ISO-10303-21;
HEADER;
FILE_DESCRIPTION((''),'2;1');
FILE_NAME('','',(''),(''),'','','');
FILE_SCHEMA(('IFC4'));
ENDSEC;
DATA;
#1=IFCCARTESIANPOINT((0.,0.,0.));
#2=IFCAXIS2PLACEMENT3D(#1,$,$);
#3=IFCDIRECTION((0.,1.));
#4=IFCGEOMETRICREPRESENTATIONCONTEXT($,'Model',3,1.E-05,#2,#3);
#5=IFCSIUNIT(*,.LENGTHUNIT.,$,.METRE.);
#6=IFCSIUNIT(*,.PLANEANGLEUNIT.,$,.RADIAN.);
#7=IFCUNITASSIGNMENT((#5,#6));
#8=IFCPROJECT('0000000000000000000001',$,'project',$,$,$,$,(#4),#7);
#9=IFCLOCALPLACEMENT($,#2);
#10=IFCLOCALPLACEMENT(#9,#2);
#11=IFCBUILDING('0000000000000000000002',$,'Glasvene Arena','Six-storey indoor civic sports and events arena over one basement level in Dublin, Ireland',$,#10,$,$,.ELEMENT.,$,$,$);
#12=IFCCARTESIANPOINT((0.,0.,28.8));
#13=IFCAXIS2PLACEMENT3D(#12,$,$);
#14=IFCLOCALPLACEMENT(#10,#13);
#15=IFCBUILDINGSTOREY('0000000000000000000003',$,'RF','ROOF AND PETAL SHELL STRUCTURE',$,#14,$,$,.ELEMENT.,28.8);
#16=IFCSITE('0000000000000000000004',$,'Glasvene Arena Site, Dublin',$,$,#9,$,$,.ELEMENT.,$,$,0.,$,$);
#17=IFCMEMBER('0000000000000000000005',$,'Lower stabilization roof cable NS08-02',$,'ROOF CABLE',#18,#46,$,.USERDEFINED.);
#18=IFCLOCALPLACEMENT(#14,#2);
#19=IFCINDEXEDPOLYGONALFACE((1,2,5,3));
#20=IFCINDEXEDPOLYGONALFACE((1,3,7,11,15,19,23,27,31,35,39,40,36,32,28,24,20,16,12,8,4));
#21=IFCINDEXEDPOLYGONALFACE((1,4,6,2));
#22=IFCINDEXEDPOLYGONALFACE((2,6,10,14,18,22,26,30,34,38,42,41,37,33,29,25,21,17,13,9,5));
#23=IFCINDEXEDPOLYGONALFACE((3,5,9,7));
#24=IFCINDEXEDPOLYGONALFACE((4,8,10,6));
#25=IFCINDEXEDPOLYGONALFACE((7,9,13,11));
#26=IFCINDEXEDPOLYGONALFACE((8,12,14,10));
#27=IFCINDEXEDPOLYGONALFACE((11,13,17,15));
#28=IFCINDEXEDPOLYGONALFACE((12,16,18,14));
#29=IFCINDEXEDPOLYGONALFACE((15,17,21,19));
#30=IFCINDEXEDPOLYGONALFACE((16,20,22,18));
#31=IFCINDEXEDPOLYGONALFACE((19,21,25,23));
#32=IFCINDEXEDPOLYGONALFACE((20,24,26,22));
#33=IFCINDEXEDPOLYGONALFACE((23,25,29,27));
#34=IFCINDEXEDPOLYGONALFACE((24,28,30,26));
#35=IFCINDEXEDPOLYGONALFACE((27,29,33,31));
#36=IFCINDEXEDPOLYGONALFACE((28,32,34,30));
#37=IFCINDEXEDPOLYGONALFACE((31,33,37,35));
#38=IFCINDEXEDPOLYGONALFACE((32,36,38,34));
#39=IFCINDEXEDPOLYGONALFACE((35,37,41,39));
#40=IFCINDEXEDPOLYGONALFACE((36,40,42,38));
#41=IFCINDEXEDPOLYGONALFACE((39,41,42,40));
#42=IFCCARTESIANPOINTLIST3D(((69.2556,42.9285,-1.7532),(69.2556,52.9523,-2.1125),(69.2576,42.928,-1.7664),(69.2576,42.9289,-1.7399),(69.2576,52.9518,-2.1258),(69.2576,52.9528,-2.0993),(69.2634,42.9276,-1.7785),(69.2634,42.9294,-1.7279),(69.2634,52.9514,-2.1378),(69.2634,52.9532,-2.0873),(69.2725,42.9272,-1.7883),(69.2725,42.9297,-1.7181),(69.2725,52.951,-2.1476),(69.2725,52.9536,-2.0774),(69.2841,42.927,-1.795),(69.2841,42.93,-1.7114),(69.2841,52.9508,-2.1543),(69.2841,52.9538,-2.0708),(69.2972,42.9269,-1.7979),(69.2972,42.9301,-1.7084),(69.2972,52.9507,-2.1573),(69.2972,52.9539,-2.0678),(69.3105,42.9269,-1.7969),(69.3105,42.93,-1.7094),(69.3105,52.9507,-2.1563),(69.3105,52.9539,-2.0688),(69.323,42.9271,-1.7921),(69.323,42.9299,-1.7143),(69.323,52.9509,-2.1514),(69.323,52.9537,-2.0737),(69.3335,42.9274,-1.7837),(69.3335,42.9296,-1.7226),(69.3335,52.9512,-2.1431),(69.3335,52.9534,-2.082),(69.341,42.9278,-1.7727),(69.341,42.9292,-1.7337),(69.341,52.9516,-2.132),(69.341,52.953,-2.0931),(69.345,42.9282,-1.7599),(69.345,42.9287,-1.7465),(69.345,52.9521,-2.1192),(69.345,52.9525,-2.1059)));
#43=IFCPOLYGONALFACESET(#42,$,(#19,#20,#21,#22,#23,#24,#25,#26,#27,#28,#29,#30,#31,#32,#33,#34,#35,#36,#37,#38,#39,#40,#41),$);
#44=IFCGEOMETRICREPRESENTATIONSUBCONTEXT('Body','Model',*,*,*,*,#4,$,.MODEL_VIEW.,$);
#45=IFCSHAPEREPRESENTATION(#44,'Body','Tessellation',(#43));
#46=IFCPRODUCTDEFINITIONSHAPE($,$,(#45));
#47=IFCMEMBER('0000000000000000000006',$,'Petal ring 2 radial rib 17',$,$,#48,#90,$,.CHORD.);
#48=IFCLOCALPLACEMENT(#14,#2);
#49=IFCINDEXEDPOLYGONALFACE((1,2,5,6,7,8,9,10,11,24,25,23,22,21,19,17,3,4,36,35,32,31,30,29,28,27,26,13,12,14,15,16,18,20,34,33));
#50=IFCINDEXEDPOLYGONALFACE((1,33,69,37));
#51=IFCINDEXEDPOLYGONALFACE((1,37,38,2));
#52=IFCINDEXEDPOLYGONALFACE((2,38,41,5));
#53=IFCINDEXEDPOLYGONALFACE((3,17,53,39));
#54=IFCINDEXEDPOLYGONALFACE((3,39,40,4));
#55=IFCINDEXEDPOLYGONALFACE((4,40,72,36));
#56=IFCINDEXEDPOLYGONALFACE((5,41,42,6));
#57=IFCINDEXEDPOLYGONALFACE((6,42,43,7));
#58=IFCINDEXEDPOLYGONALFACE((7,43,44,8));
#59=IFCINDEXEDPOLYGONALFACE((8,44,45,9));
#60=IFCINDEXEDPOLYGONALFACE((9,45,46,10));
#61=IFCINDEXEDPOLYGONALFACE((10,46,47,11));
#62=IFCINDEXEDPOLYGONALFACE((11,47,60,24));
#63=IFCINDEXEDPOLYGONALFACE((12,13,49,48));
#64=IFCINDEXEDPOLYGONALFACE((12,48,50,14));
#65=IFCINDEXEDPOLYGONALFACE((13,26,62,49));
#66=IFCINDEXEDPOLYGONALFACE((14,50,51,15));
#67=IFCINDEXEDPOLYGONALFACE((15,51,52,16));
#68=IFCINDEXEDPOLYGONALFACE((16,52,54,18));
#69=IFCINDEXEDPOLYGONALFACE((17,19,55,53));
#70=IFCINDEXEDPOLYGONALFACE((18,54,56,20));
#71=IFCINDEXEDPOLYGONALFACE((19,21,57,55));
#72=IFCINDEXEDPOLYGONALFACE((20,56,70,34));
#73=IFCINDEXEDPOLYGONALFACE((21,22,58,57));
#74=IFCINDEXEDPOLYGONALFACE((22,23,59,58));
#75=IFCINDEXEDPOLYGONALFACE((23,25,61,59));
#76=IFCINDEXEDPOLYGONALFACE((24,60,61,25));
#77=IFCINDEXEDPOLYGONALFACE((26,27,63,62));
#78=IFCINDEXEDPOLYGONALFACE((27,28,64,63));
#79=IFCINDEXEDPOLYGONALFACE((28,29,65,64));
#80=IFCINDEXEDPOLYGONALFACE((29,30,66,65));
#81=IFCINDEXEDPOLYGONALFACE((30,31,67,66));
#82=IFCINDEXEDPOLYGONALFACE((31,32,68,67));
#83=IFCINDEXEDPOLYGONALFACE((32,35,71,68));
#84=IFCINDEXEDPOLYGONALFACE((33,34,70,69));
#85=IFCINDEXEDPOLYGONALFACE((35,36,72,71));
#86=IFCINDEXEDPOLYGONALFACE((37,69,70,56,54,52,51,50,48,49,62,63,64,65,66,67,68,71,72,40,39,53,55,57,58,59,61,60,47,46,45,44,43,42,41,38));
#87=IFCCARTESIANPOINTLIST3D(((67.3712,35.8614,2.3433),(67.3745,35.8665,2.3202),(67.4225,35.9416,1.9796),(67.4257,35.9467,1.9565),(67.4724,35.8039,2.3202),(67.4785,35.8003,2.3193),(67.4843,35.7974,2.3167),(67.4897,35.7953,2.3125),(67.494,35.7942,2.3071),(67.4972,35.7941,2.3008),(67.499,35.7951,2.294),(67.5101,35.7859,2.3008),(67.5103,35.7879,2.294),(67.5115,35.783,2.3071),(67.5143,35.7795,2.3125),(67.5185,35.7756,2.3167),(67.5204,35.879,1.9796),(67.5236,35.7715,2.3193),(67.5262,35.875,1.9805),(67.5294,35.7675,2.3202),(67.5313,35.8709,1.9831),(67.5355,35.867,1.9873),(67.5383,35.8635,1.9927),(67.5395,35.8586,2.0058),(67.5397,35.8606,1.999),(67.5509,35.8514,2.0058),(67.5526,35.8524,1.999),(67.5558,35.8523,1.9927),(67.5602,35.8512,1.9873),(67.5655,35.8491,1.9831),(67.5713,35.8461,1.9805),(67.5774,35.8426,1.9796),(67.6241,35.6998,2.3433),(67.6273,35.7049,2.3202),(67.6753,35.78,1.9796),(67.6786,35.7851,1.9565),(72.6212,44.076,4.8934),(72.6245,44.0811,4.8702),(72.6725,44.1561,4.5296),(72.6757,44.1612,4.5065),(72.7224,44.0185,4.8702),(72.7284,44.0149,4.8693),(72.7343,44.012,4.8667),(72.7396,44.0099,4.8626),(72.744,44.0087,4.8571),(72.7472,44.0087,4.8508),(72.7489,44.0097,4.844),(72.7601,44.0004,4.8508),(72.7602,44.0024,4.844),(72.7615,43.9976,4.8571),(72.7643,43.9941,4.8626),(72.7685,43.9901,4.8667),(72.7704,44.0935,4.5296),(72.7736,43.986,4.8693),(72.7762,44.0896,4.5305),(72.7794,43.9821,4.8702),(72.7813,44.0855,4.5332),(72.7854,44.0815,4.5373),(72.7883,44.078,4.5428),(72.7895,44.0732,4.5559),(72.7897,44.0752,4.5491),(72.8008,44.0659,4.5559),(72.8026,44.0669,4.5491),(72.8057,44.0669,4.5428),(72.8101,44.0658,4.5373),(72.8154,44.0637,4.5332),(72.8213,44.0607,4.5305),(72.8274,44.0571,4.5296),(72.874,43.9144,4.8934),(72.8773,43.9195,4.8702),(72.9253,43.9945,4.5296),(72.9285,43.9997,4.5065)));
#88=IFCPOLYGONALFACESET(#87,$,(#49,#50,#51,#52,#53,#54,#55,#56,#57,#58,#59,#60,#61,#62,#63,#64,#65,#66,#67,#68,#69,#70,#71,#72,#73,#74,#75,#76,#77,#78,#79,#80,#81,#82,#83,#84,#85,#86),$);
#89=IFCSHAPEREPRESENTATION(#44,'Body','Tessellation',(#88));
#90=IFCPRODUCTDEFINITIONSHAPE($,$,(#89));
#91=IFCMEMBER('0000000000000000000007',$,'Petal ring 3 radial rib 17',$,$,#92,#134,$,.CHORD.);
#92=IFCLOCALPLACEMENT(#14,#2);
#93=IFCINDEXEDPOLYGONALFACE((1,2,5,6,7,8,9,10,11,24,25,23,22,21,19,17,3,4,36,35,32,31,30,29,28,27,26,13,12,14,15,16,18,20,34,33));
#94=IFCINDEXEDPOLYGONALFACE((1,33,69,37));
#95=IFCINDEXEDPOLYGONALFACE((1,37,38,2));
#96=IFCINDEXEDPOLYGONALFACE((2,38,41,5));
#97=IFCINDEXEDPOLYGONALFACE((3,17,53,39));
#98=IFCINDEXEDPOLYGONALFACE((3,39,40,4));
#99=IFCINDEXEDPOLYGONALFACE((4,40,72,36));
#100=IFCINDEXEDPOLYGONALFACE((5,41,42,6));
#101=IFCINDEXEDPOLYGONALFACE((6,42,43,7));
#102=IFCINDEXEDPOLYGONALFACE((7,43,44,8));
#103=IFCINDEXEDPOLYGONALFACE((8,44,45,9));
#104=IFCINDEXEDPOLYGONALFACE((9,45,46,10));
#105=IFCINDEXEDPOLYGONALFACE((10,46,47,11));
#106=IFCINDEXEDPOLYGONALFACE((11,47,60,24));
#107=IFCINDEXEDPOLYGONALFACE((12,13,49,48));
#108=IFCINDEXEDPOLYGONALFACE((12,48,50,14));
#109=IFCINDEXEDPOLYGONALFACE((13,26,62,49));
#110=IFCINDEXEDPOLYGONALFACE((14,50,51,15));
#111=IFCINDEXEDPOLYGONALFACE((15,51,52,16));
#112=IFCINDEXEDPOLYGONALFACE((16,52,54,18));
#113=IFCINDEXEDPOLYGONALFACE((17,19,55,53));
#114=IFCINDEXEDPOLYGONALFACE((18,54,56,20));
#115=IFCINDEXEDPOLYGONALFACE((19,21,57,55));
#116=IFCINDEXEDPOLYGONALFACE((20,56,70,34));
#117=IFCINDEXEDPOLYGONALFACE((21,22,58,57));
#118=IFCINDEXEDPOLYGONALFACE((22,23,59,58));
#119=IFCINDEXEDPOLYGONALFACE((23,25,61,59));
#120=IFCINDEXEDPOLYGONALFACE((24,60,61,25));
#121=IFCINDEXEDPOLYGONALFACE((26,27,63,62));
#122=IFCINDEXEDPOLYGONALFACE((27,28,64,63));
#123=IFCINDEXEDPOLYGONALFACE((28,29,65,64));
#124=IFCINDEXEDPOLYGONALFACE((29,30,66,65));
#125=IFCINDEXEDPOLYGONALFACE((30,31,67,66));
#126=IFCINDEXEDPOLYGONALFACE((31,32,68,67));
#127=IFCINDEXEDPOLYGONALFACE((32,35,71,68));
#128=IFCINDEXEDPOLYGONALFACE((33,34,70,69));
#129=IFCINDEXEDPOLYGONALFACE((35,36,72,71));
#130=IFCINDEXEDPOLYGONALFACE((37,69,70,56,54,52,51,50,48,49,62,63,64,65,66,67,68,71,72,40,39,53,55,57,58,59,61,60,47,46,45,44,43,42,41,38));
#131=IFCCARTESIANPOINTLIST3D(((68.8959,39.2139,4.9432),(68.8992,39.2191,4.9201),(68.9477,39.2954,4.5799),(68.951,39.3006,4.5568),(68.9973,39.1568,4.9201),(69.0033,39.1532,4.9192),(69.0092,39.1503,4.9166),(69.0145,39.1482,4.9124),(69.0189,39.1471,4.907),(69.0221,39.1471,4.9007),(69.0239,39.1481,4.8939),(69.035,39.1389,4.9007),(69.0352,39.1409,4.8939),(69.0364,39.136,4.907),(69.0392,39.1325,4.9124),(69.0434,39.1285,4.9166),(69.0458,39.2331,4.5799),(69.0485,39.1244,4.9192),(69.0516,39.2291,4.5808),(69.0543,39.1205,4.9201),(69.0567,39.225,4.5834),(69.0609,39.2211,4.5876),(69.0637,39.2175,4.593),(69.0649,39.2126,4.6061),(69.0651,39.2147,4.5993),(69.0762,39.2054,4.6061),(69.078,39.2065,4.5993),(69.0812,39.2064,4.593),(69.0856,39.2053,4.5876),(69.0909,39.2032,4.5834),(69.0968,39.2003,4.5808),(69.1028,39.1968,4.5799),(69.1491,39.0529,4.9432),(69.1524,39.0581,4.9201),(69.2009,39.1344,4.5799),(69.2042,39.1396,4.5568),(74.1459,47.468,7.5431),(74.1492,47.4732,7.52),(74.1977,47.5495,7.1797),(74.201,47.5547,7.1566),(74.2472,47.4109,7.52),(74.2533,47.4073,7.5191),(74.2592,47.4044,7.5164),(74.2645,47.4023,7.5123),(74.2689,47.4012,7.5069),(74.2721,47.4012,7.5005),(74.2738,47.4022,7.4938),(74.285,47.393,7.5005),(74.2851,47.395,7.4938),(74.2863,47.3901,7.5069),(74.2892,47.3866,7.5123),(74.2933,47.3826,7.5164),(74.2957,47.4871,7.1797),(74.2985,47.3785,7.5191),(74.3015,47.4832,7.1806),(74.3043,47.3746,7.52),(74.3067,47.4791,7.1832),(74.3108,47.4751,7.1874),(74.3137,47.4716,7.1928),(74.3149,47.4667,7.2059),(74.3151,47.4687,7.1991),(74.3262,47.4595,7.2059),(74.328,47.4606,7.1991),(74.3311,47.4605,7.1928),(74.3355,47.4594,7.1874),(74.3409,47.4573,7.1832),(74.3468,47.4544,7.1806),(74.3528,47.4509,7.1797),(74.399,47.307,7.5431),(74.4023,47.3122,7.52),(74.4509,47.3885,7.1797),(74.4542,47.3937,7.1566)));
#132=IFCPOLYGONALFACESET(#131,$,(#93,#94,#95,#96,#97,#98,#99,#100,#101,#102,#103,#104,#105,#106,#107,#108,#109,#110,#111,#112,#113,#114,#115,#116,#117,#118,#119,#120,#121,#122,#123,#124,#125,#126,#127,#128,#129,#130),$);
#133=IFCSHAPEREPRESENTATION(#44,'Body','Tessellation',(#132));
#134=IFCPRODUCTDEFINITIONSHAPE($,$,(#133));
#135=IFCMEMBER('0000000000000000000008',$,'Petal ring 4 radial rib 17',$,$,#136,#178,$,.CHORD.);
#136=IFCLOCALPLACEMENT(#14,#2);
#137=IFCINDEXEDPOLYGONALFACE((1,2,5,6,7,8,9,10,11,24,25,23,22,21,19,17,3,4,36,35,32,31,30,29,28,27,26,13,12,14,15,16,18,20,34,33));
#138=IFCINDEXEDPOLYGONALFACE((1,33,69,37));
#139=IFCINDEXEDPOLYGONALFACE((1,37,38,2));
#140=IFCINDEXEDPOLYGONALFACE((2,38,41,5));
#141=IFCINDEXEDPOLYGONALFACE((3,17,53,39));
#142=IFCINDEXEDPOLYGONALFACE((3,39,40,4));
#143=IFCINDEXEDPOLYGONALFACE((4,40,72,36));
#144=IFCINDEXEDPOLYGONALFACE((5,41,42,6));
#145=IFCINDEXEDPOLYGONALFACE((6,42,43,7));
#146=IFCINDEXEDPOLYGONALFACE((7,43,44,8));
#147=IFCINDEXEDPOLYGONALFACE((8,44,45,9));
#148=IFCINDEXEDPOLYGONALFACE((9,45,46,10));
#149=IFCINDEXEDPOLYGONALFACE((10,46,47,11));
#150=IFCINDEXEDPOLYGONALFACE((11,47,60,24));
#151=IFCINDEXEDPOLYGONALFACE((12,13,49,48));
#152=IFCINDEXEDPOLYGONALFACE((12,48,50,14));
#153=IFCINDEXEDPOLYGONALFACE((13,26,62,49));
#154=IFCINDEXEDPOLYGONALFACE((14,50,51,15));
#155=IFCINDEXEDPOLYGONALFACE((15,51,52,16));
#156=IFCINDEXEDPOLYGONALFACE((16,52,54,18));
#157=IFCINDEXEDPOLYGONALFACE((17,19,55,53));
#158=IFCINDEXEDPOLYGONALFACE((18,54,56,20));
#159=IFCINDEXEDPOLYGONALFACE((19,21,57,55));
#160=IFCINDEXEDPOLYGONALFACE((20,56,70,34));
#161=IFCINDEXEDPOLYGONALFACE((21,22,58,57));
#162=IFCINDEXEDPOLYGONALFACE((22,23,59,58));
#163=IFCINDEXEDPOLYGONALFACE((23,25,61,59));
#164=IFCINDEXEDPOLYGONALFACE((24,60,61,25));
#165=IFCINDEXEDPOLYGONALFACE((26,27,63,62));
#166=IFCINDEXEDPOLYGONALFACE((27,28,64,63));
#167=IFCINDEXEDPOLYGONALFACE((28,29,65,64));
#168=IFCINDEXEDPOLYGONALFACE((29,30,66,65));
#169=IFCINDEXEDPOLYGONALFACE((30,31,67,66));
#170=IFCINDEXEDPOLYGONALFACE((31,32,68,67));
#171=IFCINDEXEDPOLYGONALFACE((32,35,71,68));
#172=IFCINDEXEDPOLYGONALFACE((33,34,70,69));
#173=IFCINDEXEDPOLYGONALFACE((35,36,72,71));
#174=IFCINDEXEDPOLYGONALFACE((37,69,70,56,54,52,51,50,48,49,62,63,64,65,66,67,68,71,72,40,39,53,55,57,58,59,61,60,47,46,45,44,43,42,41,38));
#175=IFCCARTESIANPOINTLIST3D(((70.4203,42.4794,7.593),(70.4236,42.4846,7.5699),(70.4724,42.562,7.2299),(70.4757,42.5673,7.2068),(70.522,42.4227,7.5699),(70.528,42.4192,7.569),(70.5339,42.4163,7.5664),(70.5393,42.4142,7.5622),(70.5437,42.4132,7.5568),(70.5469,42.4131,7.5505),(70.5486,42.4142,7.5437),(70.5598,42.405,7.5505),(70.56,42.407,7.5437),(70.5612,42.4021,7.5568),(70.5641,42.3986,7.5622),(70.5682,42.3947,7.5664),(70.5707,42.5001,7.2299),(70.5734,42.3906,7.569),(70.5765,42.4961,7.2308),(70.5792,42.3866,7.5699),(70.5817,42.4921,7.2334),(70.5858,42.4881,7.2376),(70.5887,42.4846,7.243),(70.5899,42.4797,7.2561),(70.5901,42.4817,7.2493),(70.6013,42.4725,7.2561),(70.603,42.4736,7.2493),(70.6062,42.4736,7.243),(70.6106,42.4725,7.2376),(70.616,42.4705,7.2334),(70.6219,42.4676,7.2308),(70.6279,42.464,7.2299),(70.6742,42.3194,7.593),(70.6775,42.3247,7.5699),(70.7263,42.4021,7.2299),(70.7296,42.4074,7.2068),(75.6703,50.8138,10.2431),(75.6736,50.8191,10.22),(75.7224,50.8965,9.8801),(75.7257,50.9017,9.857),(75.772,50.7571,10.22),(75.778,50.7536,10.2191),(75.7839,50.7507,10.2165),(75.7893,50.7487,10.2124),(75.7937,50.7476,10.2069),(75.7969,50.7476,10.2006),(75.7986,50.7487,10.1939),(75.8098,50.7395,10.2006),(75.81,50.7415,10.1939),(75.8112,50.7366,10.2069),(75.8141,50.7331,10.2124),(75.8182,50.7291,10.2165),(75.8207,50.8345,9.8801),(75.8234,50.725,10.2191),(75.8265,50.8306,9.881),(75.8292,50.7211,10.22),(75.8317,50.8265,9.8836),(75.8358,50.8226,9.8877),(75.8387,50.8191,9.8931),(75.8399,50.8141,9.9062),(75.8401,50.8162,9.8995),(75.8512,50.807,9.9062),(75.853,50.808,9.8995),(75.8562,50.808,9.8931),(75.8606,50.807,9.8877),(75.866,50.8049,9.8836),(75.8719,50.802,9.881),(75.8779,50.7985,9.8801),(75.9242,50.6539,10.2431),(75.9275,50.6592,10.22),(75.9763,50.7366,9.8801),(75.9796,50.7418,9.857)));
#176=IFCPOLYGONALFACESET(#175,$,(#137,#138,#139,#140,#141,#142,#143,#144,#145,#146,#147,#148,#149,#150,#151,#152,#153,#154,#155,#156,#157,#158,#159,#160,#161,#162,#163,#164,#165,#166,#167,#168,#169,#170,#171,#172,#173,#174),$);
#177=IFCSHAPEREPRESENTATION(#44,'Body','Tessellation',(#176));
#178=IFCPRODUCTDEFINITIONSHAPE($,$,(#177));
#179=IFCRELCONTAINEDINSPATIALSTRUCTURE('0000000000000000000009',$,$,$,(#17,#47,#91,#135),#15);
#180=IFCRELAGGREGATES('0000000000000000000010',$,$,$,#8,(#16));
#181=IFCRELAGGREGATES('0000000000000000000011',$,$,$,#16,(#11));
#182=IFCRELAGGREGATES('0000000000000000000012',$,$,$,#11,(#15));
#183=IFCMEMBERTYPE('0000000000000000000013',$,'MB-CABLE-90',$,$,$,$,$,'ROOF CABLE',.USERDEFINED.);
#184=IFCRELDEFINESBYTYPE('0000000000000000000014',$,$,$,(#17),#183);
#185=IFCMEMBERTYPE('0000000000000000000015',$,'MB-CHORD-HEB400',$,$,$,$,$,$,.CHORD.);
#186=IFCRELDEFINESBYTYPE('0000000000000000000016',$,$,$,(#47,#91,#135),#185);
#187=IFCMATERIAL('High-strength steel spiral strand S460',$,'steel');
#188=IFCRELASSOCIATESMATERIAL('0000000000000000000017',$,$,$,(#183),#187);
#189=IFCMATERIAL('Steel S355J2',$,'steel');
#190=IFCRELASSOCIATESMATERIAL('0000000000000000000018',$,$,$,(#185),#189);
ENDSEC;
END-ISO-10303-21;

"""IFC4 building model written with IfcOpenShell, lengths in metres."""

from ifc_helpers import new_model, si_unit, direction, frame, origin, origin_2d, place, context, subcontext, project, spatial, circle, i_section, extrude, material, material_profile, profile_set, type_object, element, save


model = new_model("IFC4")

# Units and contexts
model_context = context("Model", 3, precision=1e-05, world=origin(), true_north=direction((0.0, 1.0)))
body_context = subcontext(model_context, "Body", "Model", "MODEL_VIEW")
ifc_project = project(units=[si_unit("LENGTHUNIT", "METRE"), si_unit("PLANEANGLEUNIT", "RADIAN")], contexts=[model_context])

# Site, building, storey
site_placement = place(None, origin())
site = spatial("IfcSite", under=ifc_project, at=site_placement, Name="Glasvene Arena Site, Dublin", CompositionType="ELEMENT", RefElevation=0.0)
building_placement = place(site_placement, origin())
building = spatial("IfcBuilding", under=site, at=building_placement, Name="Glasvene Arena", Description="Six-storey indoor civic sports and events arena over one basement level in Dublin, Ireland", CompositionType="ELEMENT")
storey_placement = place(building_placement, frame((0.0, 0.0, 28.8)))
storey = spatial("IfcBuildingStorey", under=building, at=storey_placement, Name="RF", Description="ROOF AND PETAL SHELL STRUCTURE", CompositionType="ELEMENT", Elevation=28.8)

# Members
ifc_material_1 = material(Name="High-strength steel spiral strand S460", Category="steel")
ifc_material_profile_1 = material_profile(ifc_material_1, circle(Radius=0.0449, at=origin_2d()), Name="LCSS D90")
ifc_profile_set_1 = profile_set([ifc_material_profile_1], Name="High-strength steel spiral strand S460")
member_type_1 = type_object("IfcMemberType", Name="MB-CABLE-90", ElementType="ROOF CABLE", PredefinedType="USERDEFINED", material=ifc_profile_set_1)
member_1_placement = place(storey_placement, frame((69.3005, 42.9285, -1.7532), z_axis=(0.0, 0.999358, -0.035829), x_axis=(-1.0, 0.0, 0.0)))
element("IfcMember", 1, at=member_1_placement, inside=storey, type_object=member_type_1, Name="Lower stabilization roof cable NS08-02", ObjectType="ROOF CABLE", PredefinedType="USERDEFINED", context=body_context, shape_type="SweptSolid", body=[
    extrude(circle(Radius=0.0449, at=origin_2d()), origin(), (0.0, 0.0, 1.0), 10.0303),
])
ifc_material_2 = material(Name="Steel S355J2", Category="steel")
ifc_material_profile_2 = material_profile(ifc_material_2, i_section(OverallWidth=0.3, OverallDepth=0.3999, WebThickness=0.0134, FlangeThickness=0.0239, FilletRadius=0.0271, at=origin_2d()), Name="HEB 400")
ifc_profile_set_2 = profile_set([ifc_material_profile_2], Name="Steel S355J2")
member_type_2 = type_object("IfcMemberType", Name="MB-CHORD-HEB400", PredefinedType="CHORD", material=ifc_profile_set_2)
member_2_placement = place(storey_placement, frame((67.5249, 35.8232, 2.1499), z_axis=(0.520991, 0.815187, 0.253058), x_axis=(-0.842613, 0.538519, 0.0)))
element("IfcMember", 2, at=member_2_placement, inside=storey, type_object=member_type_2, Name="Petal ring 2 radial rib 17", PredefinedType="CHORD", context=body_context, shape_type="SweptSolid", body=[
    extrude(i_section(OverallWidth=0.3, OverallDepth=0.3999, WebThickness=0.0134, FlangeThickness=0.0239, FilletRadius=0.0271, at=origin_2d()), origin(), (0.0, 0.0, 1.0), 10.0769),
])
member_3_placement = place(storey_placement, frame((69.05, 39.1768, 4.75), z_axis=(0.518678, 0.815475, 0.256854), x_axis=(-0.843784, 0.536683, 0.0)))
element("IfcMember", 3, at=member_3_placement, inside=storey, type_object=member_type_2, Name="Petal ring 3 radial rib 17", PredefinedType="CHORD", context=body_context, shape_type="SweptSolid", body=[
    extrude(i_section(OverallWidth=0.3, OverallDepth=0.3999, WebThickness=0.0134, FlangeThickness=0.0239, FilletRadius=0.0271, at=origin_2d()), origin(), (0.0, 0.0, 1.0), 10.1218),
])
member_4_placement = place(storey_placement, frame((70.575, 42.4434, 7.3999), z_axis=(0.514683, 0.817069, 0.259807), x_axis=(-0.846124, 0.532985, 0.0)))
element("IfcMember", 4, at=member_4_placement, inside=storey, type_object=member_type_2, Name="Petal ring 4 radial rib 17", PredefinedType="CHORD", context=body_context, shape_type="SweptSolid", body=[
    extrude(i_section(OverallWidth=0.3, OverallDepth=0.3999, WebThickness=0.0134, FlangeThickness=0.0239, FilletRadius=0.0271, at=origin_2d()), origin(), (0.0, 0.0, 1.0), 10.2004),
])

save(model, "model.ifc")
